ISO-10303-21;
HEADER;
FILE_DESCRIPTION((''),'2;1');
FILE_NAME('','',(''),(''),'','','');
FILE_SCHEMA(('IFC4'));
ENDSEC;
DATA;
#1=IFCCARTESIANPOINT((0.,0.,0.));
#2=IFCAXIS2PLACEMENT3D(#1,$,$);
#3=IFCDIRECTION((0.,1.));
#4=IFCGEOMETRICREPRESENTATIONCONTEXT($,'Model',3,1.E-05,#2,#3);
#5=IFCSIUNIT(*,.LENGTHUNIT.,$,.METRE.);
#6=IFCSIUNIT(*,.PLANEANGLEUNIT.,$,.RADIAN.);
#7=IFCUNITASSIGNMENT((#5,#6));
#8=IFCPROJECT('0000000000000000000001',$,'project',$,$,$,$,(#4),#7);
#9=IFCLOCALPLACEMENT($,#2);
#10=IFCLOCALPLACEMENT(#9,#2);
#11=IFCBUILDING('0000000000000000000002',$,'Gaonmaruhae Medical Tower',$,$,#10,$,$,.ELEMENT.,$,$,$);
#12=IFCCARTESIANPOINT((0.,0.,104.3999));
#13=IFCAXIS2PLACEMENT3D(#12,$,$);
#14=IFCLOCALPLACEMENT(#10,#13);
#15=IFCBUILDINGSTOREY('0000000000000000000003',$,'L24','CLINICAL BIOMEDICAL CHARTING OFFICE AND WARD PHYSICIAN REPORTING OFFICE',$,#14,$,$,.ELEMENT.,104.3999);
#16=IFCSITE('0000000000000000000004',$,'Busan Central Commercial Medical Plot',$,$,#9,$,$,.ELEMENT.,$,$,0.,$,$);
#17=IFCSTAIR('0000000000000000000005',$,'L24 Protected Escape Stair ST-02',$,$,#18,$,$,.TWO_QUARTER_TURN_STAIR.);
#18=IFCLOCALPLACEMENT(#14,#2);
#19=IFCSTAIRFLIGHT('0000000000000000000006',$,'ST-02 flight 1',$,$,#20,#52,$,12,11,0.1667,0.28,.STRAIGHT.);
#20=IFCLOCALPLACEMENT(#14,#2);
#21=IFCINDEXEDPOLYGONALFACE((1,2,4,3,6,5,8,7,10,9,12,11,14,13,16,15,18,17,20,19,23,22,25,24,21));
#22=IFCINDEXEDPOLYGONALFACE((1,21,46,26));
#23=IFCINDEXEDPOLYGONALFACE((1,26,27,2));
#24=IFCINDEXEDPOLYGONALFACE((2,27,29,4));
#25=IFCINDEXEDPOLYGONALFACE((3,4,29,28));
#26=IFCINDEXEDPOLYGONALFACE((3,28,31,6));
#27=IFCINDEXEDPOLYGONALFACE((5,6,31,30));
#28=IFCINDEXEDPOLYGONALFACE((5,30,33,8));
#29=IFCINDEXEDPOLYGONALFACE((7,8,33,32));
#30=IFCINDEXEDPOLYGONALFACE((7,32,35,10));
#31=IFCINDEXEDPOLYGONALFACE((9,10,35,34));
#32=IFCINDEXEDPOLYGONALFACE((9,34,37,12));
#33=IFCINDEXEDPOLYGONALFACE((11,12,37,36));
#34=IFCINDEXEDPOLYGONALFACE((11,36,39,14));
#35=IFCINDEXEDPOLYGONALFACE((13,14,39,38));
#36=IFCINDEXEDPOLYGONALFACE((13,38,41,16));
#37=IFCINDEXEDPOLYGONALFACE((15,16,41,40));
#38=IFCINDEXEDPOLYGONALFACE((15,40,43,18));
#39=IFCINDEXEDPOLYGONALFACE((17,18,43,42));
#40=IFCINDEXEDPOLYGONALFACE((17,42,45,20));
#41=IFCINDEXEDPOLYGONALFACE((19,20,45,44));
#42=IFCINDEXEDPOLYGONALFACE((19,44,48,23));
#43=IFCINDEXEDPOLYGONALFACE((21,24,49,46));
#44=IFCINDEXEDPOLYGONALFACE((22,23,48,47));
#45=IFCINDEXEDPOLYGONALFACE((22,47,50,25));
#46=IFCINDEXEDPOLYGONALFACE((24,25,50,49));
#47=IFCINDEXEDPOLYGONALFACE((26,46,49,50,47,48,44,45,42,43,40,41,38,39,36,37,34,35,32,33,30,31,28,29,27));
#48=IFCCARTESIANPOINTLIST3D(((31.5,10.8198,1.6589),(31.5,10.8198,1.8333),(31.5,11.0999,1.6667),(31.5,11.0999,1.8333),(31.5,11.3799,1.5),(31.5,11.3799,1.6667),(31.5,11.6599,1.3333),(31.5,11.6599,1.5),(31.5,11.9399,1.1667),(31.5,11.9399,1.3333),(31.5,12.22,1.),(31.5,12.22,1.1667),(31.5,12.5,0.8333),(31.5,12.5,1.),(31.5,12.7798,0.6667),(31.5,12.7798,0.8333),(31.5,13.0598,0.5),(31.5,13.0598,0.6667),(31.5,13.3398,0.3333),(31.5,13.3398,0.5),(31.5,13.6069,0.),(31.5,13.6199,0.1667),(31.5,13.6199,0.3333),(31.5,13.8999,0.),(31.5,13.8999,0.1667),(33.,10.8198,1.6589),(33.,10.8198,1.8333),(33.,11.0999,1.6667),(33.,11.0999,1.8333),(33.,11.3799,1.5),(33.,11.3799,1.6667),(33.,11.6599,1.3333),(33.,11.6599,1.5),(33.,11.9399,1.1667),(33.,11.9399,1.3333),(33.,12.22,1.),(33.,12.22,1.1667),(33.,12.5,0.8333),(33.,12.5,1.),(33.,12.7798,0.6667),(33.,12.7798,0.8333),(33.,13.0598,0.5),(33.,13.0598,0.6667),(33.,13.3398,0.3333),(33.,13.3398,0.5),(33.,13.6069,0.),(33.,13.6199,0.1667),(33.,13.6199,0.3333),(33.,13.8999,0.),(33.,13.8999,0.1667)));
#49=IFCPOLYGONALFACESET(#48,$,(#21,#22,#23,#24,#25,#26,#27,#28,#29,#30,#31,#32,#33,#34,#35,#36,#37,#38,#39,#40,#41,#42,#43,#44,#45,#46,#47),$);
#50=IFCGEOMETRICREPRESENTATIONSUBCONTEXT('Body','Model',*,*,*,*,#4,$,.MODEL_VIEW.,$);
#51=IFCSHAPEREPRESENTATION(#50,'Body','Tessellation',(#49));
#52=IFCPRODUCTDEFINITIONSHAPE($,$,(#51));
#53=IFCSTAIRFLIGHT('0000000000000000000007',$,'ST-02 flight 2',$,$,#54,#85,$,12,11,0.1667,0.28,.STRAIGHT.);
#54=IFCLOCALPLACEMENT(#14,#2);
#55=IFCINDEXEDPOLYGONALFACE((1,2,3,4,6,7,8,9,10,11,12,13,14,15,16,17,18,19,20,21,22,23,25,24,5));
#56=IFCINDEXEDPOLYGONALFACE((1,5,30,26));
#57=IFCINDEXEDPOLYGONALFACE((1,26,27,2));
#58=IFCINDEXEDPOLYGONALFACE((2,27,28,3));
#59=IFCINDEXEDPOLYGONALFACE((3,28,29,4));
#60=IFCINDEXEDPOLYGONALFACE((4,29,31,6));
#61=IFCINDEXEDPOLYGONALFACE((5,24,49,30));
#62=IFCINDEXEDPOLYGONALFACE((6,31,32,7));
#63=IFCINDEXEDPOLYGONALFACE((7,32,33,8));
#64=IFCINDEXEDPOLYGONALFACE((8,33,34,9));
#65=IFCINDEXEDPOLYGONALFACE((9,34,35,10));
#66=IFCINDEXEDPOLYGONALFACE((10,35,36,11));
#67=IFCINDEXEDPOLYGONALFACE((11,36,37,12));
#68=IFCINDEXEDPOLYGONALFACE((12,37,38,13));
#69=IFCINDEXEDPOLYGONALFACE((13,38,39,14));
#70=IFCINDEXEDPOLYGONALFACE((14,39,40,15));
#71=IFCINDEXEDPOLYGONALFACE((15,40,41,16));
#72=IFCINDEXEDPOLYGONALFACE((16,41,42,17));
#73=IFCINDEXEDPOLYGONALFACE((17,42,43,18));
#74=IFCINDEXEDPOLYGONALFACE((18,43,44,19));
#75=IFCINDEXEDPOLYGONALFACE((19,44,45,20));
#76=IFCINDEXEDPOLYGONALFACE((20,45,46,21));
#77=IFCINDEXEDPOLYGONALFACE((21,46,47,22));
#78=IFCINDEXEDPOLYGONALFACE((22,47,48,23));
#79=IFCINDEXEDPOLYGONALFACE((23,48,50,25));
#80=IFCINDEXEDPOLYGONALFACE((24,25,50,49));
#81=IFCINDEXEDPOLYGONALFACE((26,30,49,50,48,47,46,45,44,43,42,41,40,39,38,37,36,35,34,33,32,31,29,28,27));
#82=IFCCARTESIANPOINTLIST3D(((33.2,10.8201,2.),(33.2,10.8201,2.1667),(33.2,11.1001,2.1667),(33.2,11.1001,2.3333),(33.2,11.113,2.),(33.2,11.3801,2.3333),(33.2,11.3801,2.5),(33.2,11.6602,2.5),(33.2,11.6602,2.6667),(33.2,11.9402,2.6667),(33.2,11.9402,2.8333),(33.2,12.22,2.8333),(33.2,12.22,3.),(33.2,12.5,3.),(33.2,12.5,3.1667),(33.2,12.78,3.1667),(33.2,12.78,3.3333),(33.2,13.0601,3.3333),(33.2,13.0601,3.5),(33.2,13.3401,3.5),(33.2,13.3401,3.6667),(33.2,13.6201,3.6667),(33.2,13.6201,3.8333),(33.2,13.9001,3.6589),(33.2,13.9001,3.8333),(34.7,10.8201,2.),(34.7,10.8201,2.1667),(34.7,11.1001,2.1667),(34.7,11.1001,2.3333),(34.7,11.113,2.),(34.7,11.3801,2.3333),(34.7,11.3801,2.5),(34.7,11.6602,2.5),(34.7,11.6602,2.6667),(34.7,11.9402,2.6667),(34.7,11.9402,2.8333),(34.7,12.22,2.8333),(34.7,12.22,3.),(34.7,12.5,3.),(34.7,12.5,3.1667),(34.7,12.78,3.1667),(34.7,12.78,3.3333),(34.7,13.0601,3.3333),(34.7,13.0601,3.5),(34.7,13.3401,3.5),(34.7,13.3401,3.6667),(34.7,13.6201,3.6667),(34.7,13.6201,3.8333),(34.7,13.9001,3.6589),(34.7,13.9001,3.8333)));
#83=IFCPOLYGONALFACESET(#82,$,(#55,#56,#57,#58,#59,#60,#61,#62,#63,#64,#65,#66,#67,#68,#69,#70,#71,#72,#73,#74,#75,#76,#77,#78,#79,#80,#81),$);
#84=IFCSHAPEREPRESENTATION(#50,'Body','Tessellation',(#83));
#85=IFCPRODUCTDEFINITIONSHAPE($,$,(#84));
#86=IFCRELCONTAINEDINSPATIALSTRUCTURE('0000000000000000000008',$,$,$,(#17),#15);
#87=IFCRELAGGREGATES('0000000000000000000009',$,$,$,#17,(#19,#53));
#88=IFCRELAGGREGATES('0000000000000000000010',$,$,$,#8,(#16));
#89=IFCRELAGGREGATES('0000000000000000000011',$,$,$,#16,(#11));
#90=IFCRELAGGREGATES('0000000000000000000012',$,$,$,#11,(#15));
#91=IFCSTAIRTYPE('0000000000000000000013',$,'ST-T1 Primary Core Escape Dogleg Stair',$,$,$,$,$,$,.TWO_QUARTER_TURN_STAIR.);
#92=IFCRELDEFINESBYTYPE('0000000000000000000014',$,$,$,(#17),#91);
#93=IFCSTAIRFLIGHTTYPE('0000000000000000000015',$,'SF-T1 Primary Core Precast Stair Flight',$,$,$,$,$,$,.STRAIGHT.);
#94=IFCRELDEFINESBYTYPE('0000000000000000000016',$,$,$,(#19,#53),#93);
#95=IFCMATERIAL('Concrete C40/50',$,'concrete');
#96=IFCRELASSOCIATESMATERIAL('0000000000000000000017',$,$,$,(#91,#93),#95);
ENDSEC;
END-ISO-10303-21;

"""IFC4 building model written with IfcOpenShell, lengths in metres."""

from ifc_helpers import new_model, si_unit, direction, frame, origin, place, context, subcontext, project, spatial, polyline, outline, extrude, material, type_object, element, aggregate, save


model = new_model("IFC4")

# Units and contexts
model_context = context("Model", 3, precision=1e-05, world=origin(), true_north=direction((0.0, 1.0)))
body_context = subcontext(model_context, "Body", "Model", "MODEL_VIEW")
ifc_project = project(units=[si_unit("LENGTHUNIT", "METRE"), si_unit("PLANEANGLEUNIT", "RADIAN")], contexts=[model_context])

# Site, building, storey
site_placement = place(None, origin())
site = spatial("IfcSite", under=ifc_project, at=site_placement, Name="Busan Central Commercial Medical Plot", CompositionType="ELEMENT", RefElevation=0.0)
building_placement = place(site_placement, origin())
building = spatial("IfcBuilding", under=site, at=building_placement, Name="Gaonmaruhae Medical Tower", CompositionType="ELEMENT")
storey_placement = place(building_placement, frame((0.0, 0.0, 104.3999)))
storey = spatial("IfcBuildingStorey", under=building, at=storey_placement, Name="L24", Description="CLINICAL BIOMEDICAL CHARTING OFFICE AND WARD PHYSICIAN REPORTING OFFICE", CompositionType="ELEMENT", Elevation=104.3999)

# Stair, stair flights
ifc_material_1 = material(Name="Concrete C40/50", Category="concrete")
stair_type = type_object("IfcStairType", Name="ST-T1 Primary Core Escape Dogleg Stair", PredefinedType="TWO_QUARTER_TURN_STAIR", material=ifc_material_1)
stair_placement = place(storey_placement, origin())
stair = element("IfcStair", 1, at=stair_placement, inside=storey, type_object=stair_type, Name="L24 Protected Escape Stair ST-02", PredefinedType="TWO_QUARTER_TURN_STAIR")
stair_flight_type = type_object("IfcStairFlightType", Name="SF-T1 Primary Core Precast Stair Flight", PredefinedType="STRAIGHT", material=ifc_material_1)
stair_flight_1_placement = place(storey_placement, frame((32.25, 13.8999, 0.0), z_axis=(0.0, 0.0, 1.0), x_axis=(0.0, -1.0, 0.0)))
stair_flight_1 = element("IfcStairFlight", 2, at=stair_flight_1_placement, type_object=stair_flight_type, Name="ST-02 flight 1", NumberOfRisers=12, NumberOfTreads=11, PredefinedType="STRAIGHT", RiserHeight=0.1667, TreadLength=0.28, context=body_context, shape_type="SweptSolid", body=[
    extrude(outline(polyline([(0.0, 0.0), (0.0, 0.1667), (0.28, 0.1667), (0.28, 0.3333), (0.5601, 0.3333), (0.5601, 0.5), (0.8401, 0.5), (0.8401, 0.6667), (1.1201, 0.6667), (1.1201, 0.8333), (1.3999, 0.8333), (1.3999, 1.0), (1.6799, 1.0), (1.6799, 1.1667), (1.96, 1.1667), (1.96, 1.3333), (2.24, 1.3333), (2.24, 1.5), (2.52, 1.5), (2.52, 1.6667), (2.8, 1.6667), (2.8, 1.8333), (3.0801, 1.8333), (3.0801, 2.0), (3.0801, 1.6589), (0.293, 0.0), (0.0, 0.0)])), frame((0.0, 0.75, 0.0), z_axis=(0.0, -1.0, 0.0), x_axis=(1.0, 0.0, 0.0)), (0.0, 0.0, 1.0), 1.5),
])
stair_flight_2_placement = place(storey_placement, frame((33.95, 10.8201, 2.0), z_axis=(0.0, 0.0, 1.0), x_axis=(0.0, 1.0, 0.0)))
stair_flight_2 = element("IfcStairFlight", 3, at=stair_flight_2_placement, type_object=stair_flight_type, Name="ST-02 flight 2", NumberOfRisers=12, NumberOfTreads=11, PredefinedType="STRAIGHT", RiserHeight=0.1667, TreadLength=0.28, context=body_context, shape_type="SweptSolid", body=[
    extrude(outline(polyline([(0.0, 0.0), (0.0, 0.1667), (0.28, 0.1667), (0.28, 0.3333), (0.5601, 0.3333), (0.5601, 0.5), (0.8401, 0.5), (0.8401, 0.6667), (1.1201, 0.6667), (1.1201, 0.8333), (1.3999, 0.8333), (1.3999, 1.0), (1.6799, 1.0), (1.6799, 1.1667), (1.96, 1.1667), (1.96, 1.3333), (2.24, 1.3333), (2.24, 1.5), (2.52, 1.5), (2.52, 1.6667), (2.8, 1.6667), (2.8, 1.8333), (3.0801, 1.8333), (3.0801, 2.0), (3.0801, 1.6589), (0.293, 0.0), (0.0, 0.0)])), frame((0.0, 0.75, 0.0), z_axis=(0.0, -1.0, 0.0), x_axis=(1.0, 0.0, 0.0)), (0.0, 0.0, 1.0), 1.5),
])
aggregate(stair, [stair_flight_1, stair_flight_2])

save(model, "model.ifc")
